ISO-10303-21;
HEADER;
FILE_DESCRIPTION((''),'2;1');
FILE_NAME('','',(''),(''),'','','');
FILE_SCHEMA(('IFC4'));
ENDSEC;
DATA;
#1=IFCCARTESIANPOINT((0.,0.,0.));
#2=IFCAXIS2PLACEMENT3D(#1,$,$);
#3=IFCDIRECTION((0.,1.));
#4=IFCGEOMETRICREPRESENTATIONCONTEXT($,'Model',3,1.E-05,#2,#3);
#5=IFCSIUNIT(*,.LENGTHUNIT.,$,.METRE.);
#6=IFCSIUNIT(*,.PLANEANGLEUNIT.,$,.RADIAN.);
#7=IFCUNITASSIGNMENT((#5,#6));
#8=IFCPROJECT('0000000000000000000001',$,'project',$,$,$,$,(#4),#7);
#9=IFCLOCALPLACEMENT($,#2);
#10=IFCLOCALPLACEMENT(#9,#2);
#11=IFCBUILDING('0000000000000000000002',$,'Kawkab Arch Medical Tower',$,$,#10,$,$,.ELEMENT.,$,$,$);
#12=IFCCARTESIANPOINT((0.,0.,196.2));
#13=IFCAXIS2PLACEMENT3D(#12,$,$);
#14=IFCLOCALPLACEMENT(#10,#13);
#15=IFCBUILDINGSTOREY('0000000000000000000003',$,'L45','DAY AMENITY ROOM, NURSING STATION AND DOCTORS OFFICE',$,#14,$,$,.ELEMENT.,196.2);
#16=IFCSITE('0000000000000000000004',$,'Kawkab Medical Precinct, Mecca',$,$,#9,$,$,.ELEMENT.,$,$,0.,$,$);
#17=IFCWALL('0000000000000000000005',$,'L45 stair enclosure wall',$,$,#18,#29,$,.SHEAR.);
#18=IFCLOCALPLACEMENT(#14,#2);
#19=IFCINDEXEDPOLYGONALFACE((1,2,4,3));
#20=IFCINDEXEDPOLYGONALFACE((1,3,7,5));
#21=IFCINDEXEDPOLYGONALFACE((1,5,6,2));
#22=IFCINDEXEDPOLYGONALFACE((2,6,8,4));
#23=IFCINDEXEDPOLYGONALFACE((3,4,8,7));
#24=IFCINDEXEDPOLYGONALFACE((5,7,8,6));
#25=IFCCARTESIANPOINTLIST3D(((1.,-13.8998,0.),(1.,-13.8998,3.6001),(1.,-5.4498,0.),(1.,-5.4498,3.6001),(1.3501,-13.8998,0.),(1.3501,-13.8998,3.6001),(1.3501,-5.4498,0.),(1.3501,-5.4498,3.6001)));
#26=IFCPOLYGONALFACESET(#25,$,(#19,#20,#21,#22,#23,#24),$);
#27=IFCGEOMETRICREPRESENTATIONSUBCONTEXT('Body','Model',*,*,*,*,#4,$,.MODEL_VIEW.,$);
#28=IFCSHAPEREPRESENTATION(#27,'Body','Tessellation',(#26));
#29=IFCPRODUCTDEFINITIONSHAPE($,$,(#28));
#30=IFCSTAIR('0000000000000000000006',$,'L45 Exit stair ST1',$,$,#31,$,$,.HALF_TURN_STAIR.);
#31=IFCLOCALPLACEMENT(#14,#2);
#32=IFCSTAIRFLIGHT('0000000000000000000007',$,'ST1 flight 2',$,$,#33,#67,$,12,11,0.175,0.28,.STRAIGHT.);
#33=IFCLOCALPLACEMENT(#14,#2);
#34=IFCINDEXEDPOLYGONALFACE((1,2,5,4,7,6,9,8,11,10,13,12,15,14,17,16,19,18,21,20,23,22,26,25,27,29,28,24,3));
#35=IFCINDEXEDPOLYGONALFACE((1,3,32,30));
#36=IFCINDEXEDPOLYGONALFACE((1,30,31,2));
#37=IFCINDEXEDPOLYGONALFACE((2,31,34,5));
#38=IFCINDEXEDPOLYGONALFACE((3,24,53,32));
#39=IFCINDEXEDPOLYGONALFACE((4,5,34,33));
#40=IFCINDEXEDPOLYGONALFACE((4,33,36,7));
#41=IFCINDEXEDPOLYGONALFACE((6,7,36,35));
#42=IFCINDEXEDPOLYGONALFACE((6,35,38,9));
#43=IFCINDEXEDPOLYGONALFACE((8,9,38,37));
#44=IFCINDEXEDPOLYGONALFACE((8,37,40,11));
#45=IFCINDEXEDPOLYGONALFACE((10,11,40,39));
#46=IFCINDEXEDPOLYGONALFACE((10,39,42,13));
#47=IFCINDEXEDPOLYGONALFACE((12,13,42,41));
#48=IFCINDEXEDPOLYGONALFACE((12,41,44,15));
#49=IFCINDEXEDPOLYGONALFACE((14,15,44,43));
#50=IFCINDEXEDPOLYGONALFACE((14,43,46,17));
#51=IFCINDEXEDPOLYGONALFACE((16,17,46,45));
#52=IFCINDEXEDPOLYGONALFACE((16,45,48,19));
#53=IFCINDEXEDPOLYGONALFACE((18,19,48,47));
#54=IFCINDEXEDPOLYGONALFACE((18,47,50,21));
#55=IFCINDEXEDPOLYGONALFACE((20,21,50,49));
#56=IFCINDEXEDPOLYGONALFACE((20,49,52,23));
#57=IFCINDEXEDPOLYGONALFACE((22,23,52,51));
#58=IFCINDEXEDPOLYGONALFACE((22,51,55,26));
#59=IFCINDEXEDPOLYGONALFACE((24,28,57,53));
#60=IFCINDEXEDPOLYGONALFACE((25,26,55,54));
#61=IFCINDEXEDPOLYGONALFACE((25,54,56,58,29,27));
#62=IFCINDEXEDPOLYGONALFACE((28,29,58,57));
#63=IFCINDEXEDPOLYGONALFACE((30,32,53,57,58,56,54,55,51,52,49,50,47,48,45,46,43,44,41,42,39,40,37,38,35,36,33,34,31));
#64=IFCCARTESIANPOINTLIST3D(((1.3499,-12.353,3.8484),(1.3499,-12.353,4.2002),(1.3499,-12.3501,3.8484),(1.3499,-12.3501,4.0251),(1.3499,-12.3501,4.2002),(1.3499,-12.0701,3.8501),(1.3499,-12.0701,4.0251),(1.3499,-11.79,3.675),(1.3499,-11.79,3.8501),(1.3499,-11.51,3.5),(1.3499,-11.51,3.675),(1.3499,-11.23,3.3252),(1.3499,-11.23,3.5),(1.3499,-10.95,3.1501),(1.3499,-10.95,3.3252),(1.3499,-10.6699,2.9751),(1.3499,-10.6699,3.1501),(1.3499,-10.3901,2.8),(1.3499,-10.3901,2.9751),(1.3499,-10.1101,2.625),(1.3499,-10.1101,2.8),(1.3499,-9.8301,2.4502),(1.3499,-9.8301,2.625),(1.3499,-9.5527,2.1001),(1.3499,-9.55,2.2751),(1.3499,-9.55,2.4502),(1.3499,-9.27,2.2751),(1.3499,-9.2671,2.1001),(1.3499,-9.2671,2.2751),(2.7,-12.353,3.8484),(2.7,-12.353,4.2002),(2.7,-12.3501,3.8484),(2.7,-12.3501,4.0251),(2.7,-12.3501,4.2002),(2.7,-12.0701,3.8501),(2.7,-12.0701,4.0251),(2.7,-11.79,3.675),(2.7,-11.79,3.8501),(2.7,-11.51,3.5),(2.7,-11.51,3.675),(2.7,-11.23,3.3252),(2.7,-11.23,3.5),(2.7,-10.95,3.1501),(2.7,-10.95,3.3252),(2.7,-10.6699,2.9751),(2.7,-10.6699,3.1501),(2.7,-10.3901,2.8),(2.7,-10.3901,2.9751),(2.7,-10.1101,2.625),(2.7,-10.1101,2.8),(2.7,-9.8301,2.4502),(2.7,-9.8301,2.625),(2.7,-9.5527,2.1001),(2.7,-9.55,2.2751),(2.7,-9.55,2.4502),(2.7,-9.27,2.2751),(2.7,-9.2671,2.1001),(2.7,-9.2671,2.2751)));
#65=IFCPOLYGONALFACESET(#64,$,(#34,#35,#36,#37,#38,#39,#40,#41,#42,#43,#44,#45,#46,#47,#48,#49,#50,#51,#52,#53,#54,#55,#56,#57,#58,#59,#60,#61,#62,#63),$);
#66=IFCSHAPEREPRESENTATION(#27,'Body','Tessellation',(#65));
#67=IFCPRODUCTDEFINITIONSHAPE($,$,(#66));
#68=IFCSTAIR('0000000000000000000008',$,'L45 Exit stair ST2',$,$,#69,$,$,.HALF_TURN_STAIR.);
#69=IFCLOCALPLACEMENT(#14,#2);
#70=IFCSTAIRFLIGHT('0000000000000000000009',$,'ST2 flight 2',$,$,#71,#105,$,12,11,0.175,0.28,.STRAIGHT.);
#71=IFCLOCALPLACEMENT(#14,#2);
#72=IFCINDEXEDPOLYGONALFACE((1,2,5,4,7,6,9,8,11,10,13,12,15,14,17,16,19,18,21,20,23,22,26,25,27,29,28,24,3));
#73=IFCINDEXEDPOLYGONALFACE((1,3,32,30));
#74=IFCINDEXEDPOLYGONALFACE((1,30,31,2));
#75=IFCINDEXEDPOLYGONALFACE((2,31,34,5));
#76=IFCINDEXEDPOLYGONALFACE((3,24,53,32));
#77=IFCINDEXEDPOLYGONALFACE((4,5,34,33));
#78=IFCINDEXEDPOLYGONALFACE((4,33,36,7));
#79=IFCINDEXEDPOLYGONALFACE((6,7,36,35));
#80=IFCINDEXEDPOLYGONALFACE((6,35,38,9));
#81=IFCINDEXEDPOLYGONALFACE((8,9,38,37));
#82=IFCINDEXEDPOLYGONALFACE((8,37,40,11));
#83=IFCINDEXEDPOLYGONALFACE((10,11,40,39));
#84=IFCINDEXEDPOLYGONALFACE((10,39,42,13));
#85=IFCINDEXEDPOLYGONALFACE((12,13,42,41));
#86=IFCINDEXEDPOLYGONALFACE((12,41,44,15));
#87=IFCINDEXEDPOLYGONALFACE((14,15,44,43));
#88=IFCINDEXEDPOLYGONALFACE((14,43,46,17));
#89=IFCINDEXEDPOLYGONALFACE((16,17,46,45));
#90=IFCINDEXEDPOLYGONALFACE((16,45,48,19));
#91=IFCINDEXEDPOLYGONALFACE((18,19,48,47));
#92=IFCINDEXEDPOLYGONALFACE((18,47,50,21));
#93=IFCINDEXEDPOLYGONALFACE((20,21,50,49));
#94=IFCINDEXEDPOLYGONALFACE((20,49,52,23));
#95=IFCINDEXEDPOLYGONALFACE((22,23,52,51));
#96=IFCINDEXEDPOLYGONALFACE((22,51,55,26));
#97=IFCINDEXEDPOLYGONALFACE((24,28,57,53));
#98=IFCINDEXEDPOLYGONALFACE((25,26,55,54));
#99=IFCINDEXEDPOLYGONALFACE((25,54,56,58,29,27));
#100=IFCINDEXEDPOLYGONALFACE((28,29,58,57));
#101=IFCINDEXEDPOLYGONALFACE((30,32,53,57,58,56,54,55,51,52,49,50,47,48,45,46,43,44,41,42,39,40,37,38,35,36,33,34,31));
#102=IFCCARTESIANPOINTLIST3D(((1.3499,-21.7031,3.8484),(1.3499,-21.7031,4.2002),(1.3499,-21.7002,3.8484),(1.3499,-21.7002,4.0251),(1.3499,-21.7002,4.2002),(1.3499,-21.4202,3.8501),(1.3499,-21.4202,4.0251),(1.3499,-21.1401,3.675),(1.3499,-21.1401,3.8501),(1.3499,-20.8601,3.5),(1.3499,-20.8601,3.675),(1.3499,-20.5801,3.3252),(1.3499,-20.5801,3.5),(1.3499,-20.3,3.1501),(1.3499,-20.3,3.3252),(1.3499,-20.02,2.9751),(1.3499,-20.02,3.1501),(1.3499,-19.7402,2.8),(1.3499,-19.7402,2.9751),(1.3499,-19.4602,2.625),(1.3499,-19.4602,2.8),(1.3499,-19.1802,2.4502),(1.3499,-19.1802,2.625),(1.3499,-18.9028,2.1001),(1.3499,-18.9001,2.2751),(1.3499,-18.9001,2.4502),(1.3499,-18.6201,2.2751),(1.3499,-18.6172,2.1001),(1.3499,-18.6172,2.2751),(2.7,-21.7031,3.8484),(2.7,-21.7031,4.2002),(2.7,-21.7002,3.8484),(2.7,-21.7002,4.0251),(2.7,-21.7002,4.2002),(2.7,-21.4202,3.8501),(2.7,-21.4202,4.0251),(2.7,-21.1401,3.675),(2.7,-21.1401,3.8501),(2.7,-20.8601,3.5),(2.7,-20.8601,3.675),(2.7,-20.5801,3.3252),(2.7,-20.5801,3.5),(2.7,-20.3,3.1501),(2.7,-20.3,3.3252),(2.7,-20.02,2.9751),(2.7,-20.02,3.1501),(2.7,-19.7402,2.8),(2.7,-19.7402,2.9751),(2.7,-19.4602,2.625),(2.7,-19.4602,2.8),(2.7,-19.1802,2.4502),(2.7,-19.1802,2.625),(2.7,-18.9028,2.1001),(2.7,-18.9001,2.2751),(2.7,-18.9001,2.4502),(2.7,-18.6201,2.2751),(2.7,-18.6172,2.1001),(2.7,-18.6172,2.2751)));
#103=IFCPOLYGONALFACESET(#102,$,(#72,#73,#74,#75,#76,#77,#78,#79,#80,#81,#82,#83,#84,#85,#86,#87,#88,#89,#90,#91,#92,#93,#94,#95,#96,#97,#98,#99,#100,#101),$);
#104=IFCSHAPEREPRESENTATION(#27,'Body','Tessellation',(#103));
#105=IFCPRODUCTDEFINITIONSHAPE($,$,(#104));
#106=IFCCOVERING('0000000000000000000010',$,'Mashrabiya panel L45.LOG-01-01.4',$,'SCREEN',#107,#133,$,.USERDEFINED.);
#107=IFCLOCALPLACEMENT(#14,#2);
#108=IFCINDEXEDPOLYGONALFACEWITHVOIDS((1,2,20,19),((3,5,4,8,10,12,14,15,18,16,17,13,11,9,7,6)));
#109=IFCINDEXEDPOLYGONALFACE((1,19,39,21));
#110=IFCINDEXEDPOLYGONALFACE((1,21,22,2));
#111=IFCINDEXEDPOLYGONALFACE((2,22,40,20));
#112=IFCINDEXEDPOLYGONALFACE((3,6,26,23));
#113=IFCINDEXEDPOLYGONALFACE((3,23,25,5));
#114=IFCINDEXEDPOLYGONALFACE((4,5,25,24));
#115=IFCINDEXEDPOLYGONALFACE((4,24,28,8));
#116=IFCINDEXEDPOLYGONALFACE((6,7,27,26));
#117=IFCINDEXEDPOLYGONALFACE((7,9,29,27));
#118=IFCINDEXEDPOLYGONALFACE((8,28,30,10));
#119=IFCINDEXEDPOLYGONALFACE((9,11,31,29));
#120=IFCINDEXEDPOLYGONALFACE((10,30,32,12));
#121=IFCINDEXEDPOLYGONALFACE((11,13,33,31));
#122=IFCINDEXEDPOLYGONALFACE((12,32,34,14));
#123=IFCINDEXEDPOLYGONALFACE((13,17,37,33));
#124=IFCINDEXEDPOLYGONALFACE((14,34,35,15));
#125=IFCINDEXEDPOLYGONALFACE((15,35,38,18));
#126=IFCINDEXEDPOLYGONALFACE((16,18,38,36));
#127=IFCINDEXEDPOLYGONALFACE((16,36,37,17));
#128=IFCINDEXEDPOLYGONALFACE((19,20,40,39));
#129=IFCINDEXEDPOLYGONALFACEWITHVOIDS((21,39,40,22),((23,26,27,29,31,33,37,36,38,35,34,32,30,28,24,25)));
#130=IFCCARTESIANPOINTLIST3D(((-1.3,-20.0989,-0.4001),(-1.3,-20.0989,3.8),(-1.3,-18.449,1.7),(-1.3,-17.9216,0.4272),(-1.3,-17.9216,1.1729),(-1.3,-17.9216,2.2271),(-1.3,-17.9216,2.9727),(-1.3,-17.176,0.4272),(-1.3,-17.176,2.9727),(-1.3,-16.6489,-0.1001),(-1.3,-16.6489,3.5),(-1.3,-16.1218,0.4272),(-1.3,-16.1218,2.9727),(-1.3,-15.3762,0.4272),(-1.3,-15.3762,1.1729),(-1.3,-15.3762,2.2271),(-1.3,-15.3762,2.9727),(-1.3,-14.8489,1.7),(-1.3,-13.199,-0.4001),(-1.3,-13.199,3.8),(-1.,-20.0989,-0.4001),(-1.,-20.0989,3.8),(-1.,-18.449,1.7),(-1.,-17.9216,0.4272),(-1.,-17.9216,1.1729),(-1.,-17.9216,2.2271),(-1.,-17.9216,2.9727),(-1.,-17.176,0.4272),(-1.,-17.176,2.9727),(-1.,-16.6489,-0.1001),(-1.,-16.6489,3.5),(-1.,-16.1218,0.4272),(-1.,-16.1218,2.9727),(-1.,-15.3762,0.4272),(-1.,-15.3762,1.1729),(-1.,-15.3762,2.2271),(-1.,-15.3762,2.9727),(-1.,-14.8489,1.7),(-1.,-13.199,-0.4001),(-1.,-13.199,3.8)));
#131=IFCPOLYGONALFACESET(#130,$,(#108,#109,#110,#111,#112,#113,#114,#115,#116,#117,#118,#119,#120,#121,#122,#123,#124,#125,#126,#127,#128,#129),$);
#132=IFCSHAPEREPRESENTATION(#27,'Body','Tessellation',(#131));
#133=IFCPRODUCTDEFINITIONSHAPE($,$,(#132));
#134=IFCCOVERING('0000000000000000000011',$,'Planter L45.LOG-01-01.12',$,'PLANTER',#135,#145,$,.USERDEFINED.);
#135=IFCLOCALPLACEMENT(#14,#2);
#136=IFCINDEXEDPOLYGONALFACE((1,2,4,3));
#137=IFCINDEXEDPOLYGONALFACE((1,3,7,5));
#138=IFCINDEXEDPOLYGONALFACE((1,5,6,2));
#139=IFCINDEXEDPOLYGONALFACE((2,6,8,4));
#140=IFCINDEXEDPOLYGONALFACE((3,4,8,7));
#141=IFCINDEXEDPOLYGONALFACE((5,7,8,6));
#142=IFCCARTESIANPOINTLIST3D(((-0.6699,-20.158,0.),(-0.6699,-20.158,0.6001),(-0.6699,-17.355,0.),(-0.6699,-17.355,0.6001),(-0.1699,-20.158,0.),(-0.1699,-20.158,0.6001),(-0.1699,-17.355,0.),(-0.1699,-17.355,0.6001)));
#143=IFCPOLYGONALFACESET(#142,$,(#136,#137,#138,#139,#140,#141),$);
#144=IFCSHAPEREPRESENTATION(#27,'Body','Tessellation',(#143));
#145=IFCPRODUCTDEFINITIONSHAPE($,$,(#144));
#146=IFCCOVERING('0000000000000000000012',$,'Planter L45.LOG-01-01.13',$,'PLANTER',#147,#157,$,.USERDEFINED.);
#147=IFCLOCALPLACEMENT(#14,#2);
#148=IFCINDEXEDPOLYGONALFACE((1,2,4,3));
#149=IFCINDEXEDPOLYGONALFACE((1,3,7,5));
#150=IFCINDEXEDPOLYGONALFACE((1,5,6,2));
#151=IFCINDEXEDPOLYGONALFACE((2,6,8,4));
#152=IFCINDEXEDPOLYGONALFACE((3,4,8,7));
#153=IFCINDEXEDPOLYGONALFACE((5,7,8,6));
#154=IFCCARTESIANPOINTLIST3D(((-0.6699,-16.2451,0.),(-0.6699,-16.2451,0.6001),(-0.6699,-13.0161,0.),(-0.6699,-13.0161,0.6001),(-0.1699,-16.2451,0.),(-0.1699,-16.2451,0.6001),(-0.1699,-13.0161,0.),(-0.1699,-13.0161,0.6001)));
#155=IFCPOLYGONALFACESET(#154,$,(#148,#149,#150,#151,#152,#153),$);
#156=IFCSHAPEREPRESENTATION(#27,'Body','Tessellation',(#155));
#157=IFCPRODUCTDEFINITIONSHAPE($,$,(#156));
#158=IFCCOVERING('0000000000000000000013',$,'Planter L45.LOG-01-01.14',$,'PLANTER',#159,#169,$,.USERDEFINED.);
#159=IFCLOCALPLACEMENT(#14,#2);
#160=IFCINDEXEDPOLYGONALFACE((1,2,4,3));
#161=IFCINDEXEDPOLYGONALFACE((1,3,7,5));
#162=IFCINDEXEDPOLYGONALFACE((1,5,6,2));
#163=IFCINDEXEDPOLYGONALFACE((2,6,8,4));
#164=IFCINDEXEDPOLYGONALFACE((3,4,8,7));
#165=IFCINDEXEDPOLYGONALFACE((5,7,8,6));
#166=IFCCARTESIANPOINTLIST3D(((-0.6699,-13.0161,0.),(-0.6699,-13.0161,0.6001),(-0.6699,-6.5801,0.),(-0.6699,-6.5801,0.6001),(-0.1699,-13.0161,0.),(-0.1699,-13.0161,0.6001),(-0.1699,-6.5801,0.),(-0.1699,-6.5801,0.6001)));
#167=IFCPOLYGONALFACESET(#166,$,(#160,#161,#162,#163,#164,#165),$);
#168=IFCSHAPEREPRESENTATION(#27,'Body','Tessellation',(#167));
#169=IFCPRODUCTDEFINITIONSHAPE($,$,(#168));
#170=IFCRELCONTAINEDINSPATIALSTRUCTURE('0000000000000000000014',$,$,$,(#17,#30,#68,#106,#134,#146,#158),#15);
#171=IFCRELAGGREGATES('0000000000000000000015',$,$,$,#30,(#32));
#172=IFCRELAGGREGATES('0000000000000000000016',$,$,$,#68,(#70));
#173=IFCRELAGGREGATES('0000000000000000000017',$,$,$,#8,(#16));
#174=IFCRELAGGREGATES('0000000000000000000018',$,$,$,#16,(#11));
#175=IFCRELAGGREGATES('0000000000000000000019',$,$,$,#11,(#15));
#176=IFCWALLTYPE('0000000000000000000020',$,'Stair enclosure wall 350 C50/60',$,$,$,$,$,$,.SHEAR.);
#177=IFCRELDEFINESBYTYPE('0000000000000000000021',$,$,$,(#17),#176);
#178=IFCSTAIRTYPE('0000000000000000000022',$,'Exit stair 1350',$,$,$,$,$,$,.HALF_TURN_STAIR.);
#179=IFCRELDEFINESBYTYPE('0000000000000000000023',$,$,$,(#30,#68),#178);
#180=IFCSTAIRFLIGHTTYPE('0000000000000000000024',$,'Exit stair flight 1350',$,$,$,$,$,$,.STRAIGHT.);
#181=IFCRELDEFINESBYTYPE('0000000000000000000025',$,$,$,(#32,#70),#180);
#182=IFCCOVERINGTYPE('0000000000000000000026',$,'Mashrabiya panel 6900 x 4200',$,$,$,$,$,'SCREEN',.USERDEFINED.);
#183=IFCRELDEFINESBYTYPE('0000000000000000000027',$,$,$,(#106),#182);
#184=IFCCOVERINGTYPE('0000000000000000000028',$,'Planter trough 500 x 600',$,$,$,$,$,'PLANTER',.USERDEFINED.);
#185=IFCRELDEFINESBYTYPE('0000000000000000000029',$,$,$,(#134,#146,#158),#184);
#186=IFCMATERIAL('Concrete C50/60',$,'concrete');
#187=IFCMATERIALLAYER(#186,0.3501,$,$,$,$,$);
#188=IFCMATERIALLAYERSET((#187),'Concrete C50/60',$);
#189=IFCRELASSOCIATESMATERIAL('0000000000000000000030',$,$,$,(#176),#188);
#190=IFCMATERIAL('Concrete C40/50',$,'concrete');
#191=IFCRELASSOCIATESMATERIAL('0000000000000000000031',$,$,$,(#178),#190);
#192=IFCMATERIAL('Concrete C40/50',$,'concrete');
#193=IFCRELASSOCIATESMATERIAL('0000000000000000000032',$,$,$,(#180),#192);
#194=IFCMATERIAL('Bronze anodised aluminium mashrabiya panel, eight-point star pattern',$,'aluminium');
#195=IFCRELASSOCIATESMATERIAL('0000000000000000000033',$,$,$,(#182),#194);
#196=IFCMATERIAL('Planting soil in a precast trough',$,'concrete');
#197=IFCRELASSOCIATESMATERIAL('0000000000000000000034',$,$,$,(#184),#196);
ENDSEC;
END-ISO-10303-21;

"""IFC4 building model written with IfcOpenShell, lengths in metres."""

from ifc_helpers import new_model, si_unit, direction, frame, frame_2d, origin, origin_2d, place, context, subcontext, project, spatial, polyline, rectangle, outline, extrude, material, layer, layer_set, material_profile, profile_set, type_object, element, aggregate, save


model = new_model("IFC4")

# Units and contexts
model_context = context("Model", 3, precision=1e-05, world=origin(), true_north=direction((0.0, 1.0)))
body_context = subcontext(model_context, "Body", "Model", "MODEL_VIEW")
ifc_project = project(units=[si_unit("LENGTHUNIT", "METRE"), si_unit("PLANEANGLEUNIT", "RADIAN")], contexts=[model_context])

# Site, building, storey
site_placement = place(None, origin())
site = spatial("IfcSite", under=ifc_project, at=site_placement, Name="Kawkab Medical Precinct, Mecca", CompositionType="ELEMENT", RefElevation=0.0)
building_placement = place(site_placement, origin())
building = spatial("IfcBuilding", under=site, at=building_placement, Name="Kawkab Arch Medical Tower", CompositionType="ELEMENT")
storey_placement = place(building_placement, frame((0.0, 0.0, 196.2)))
storey = spatial("IfcBuildingStorey", under=building, at=storey_placement, Name="L45", Description="DAY AMENITY ROOM, NURSING STATION AND DOCTORS OFFICE", CompositionType="ELEMENT", Elevation=196.2)

# Shared definitions
placement = place(storey_placement, origin())

# Wall
ifc_material_1 = material(Name="Concrete C50/60", Category="concrete")
ifc_layer_1 = layer(ifc_material_1, 0.3501)
ifc_layer_set_1 = layer_set([ifc_layer_1], Name="Concrete C50/60")
wall_type_1 = type_object("IfcWallType", Name="Stair enclosure wall 350 C50/60", PredefinedType="SHEAR", material=ifc_layer_set_1)
wall_1_placement = place(storey_placement, frame((1.175, -13.8999, 0.0), z_axis=(0.0, 0.0, 1.0), x_axis=(0.0, 1.0, 0.0)))
element("IfcWall", 1, at=wall_1_placement, inside=storey, type_object=wall_type_1, Name="L45 stair enclosure wall", PredefinedType="SHEAR", context=body_context, shape_type="SweptSolid", body=[
    extrude(rectangle(XDim=8.45, YDim=0.3501, at=frame_2d((4.2251, 0.0))), origin(), (0.0, 0.0, 1.0), 3.6001),
])

# Stairs, stair flights
ifc_material_2 = material(Name="Concrete C40/50", Category="concrete")
stair_type = type_object("IfcStairType", Name="Exit stair 1350", PredefinedType="HALF_TURN_STAIR", material=ifc_material_2)
stair_1 = element("IfcStair", 2, at=placement, inside=storey, type_object=stair_type, Name="L45 Exit stair ST1", PredefinedType="HALF_TURN_STAIR")
ifc_material_3 = material(Name="Concrete C40/50", Category="concrete")
stair_flight_type = type_object("IfcStairFlightType", Name="Exit stair flight 1350", PredefinedType="STRAIGHT", material=ifc_material_3)
stair_flight_1_placement = place(storey_placement, frame((2.0249, -9.27, 2.1001), z_axis=(0.0, 0.0, 1.0), x_axis=(0.0, -1.0, 0.0)))
stair_flight_1 = element("IfcStairFlight", 3, at=stair_flight_1_placement, type_object=stair_flight_type, Name="ST1 flight 2", NumberOfRisers=12, NumberOfTreads=11, PredefinedType="STRAIGHT", RiserHeight=0.175, TreadLength=0.28, context=body_context, shape_type="SweptSolid", body=[
    extrude(outline(polyline([(-0.0029, 0.0), (-0.0029, 0.175), (0.0, 0.175), (0.28, 0.175), (0.28, 0.3501), (0.5601, 0.3501), (0.5601, 0.5249), (0.8401, 0.5249), (0.8401, 0.7), (1.1201, 0.7), (1.1201, 0.875), (1.3999, 0.875), (1.3999, 1.05), (1.6799, 1.05), (1.6799, 1.2251), (1.96, 1.2251), (1.96, 1.3999), (2.24, 1.3999), (2.24, 1.575), (2.52, 1.575), (2.52, 1.75), (2.8, 1.75), (2.8, 1.925), (3.0801, 1.925), (3.0801, 2.1001), (3.083, 2.1001), (3.083, 1.7483), (3.0801, 1.7483), (0.2827, 0.0), (-0.0029, 0.0)])), frame((0.0, 0.675, 0.0), z_axis=(0.0, -1.0, 0.0), x_axis=(1.0, 0.0, 0.0)), (0.0, 0.0, 1.0), 1.3501),
])
aggregate(stair_1, [stair_flight_1])
stair_2 = element("IfcStair", 4, at=placement, inside=storey, type_object=stair_type, Name="L45 Exit stair ST2", PredefinedType="HALF_TURN_STAIR")
stair_flight_2_placement = place(storey_placement, frame((2.0249, -18.6201, 2.1001), z_axis=(0.0, 0.0, 1.0), x_axis=(0.0, -1.0, 0.0)))
stair_flight_2 = element("IfcStairFlight", 5, at=stair_flight_2_placement, type_object=stair_flight_type, Name="ST2 flight 2", NumberOfRisers=12, NumberOfTreads=11, PredefinedType="STRAIGHT", RiserHeight=0.175, TreadLength=0.28, context=body_context, shape_type="SweptSolid", body=[
    extrude(outline(polyline([(-0.0029, 0.0), (-0.0029, 0.175), (0.0, 0.175), (0.28, 0.175), (0.28, 0.3501), (0.5601, 0.3501), (0.5601, 0.5249), (0.8401, 0.5249), (0.8401, 0.7), (1.1201, 0.7), (1.1201, 0.875), (1.3999, 0.875), (1.3999, 1.05), (1.6799, 1.05), (1.6799, 1.2251), (1.96, 1.2251), (1.96, 1.3999), (2.24, 1.3999), (2.24, 1.575), (2.52, 1.575), (2.52, 1.75), (2.8, 1.75), (2.8, 1.925), (3.0801, 1.925), (3.0801, 2.1001), (3.083, 2.1001), (3.083, 1.7483), (3.0801, 1.7483), (0.2827, 0.0), (-0.0029, 0.0)])), frame((0.0, 0.675, 0.0), z_axis=(0.0, -1.0, 0.0), x_axis=(1.0, 0.0, 0.0)), (0.0, 0.0, 1.0), 1.3501),
])
aggregate(stair_2, [stair_flight_2])

# Coverings
ifc_material_4 = material(Name="Bronze anodised aluminium mashrabiya panel, eight-point star pattern", Category="aluminium")
ifc_material_profile_1 = material_profile(ifc_material_4, outline(polyline([(-3.45, -2.1001), (3.45, -2.1001), (3.45, 2.1001), (-3.45, 2.1001), (-3.45, -2.1001)]), holes=[polyline([(1.8, 0.0), (1.2727, 0.5271), (1.2727, 1.2727), (0.5271, 1.2727), (0.0, 1.8), (-0.5271, 1.2727), (-1.2727, 1.2727), (-1.2727, 0.5271), (-1.8, 0.0), (-1.2727, -0.5271), (-1.2727, -1.2727), (-0.5271, -1.2727), (0.0, -1.8), (0.5271, -1.2727), (1.2727, -1.2727), (1.2727, -0.5271), (1.8, 0.0)])]), Name="Mashrabiya panel 6900x4200")
ifc_profile_set_1 = profile_set([ifc_material_profile_1], Name="Bronze anodised aluminium mashrabiya panel, eight-point star pattern")
covering_type_1 = type_object("IfcCoveringType", Name="Mashrabiya panel 6900 x 4200", ElementType="SCREEN", PredefinedType="USERDEFINED", material=ifc_profile_set_1)
covering_1_placement = place(storey_placement, frame((-1.0, -16.6489, 1.7), z_axis=(-1.0, 0.0, 0.0), x_axis=(0.0, -1.0, 0.0)))
element("IfcCovering", 6, at=covering_1_placement, inside=storey, type_object=covering_type_1, Name="Mashrabiya panel L45.LOG-01-01.4", ObjectType="SCREEN", PredefinedType="USERDEFINED", context=body_context, shape_type="SweptSolid", body=[
    extrude(outline(polyline([(-3.45, -2.1001), (3.45, -2.1001), (3.45, 2.1001), (-3.45, 2.1001), (-3.45, -2.1001)]), holes=[polyline([(1.8, 0.0), (1.2727, 0.5271), (1.2727, 1.2727), (0.5271, 1.2727), (0.0, 1.8), (-0.5271, 1.2727), (-1.2727, 1.2727), (-1.2727, 0.5271), (-1.8, 0.0), (-1.2727, -0.5271), (-1.2727, -1.2727), (-0.5271, -1.2727), (0.0, -1.8), (0.5271, -1.2727), (1.2727, -1.2727), (1.2727, -0.5271), (1.8, 0.0)])]), origin(), (0.0, 0.0, 1.0), 0.3),
])
ifc_material_5 = material(Name="Planting soil in a precast trough", Category="concrete")
ifc_material_profile_2 = material_profile(ifc_material_5, rectangle(XDim=0.5, YDim=0.6001, at=origin_2d()), Name="Trough 500x600")
ifc_profile_set_2 = profile_set([ifc_material_profile_2], Name="Planting soil in a precast trough")
covering_type_2 = type_object("IfcCoveringType", Name="Planter trough 500 x 600", ElementType="PLANTER", PredefinedType="USERDEFINED", material=ifc_profile_set_2)
covering_2_placement = place(storey_placement, frame((-0.4199, -20.158, 0.3), z_axis=(0.0, 1.0, 0.0), x_axis=(-1.0, 0.0, 0.0)))
element("IfcCovering", 7, at=covering_2_placement, inside=storey, type_object=covering_type_2, Name="Planter L45.LOG-01-01.12", ObjectType="PLANTER", PredefinedType="USERDEFINED", context=body_context, shape_type="SweptSolid", body=[
    extrude(rectangle(XDim=0.5, YDim=0.6001, at=origin_2d()), origin(), (0.0, 0.0, 1.0), 2.803),
])
covering_3_placement = place(storey_placement, frame((-0.4199, -16.2451, 0.3), z_axis=(0.0, 1.0, 0.0), x_axis=(-1.0, 0.0, 0.0)))
element("IfcCovering", 8, at=covering_3_placement, inside=storey, type_object=covering_type_2, Name="Planter L45.LOG-01-01.13", ObjectType="PLANTER", PredefinedType="USERDEFINED", context=body_context, shape_type="SweptSolid", body=[
    extrude(rectangle(XDim=0.5, YDim=0.6001, at=origin_2d()), origin(), (0.0, 0.0, 1.0), 3.229),
])
covering_4_placement = place(storey_placement, frame((-0.4199, -13.0161, 0.3), z_axis=(0.0, 1.0, 0.0), x_axis=(-1.0, 0.0, 0.0)))
element("IfcCovering", 9, at=covering_4_placement, inside=storey, type_object=covering_type_2, Name="Planter L45.LOG-01-01.14", ObjectType="PLANTER", PredefinedType="USERDEFINED", context=body_context, shape_type="SweptSolid", body=[
    extrude(rectangle(XDim=0.5, YDim=0.6001, at=origin_2d()), origin(), (0.0, 0.0, 1.0), 6.436),
])

save(model, "model.ifc")
